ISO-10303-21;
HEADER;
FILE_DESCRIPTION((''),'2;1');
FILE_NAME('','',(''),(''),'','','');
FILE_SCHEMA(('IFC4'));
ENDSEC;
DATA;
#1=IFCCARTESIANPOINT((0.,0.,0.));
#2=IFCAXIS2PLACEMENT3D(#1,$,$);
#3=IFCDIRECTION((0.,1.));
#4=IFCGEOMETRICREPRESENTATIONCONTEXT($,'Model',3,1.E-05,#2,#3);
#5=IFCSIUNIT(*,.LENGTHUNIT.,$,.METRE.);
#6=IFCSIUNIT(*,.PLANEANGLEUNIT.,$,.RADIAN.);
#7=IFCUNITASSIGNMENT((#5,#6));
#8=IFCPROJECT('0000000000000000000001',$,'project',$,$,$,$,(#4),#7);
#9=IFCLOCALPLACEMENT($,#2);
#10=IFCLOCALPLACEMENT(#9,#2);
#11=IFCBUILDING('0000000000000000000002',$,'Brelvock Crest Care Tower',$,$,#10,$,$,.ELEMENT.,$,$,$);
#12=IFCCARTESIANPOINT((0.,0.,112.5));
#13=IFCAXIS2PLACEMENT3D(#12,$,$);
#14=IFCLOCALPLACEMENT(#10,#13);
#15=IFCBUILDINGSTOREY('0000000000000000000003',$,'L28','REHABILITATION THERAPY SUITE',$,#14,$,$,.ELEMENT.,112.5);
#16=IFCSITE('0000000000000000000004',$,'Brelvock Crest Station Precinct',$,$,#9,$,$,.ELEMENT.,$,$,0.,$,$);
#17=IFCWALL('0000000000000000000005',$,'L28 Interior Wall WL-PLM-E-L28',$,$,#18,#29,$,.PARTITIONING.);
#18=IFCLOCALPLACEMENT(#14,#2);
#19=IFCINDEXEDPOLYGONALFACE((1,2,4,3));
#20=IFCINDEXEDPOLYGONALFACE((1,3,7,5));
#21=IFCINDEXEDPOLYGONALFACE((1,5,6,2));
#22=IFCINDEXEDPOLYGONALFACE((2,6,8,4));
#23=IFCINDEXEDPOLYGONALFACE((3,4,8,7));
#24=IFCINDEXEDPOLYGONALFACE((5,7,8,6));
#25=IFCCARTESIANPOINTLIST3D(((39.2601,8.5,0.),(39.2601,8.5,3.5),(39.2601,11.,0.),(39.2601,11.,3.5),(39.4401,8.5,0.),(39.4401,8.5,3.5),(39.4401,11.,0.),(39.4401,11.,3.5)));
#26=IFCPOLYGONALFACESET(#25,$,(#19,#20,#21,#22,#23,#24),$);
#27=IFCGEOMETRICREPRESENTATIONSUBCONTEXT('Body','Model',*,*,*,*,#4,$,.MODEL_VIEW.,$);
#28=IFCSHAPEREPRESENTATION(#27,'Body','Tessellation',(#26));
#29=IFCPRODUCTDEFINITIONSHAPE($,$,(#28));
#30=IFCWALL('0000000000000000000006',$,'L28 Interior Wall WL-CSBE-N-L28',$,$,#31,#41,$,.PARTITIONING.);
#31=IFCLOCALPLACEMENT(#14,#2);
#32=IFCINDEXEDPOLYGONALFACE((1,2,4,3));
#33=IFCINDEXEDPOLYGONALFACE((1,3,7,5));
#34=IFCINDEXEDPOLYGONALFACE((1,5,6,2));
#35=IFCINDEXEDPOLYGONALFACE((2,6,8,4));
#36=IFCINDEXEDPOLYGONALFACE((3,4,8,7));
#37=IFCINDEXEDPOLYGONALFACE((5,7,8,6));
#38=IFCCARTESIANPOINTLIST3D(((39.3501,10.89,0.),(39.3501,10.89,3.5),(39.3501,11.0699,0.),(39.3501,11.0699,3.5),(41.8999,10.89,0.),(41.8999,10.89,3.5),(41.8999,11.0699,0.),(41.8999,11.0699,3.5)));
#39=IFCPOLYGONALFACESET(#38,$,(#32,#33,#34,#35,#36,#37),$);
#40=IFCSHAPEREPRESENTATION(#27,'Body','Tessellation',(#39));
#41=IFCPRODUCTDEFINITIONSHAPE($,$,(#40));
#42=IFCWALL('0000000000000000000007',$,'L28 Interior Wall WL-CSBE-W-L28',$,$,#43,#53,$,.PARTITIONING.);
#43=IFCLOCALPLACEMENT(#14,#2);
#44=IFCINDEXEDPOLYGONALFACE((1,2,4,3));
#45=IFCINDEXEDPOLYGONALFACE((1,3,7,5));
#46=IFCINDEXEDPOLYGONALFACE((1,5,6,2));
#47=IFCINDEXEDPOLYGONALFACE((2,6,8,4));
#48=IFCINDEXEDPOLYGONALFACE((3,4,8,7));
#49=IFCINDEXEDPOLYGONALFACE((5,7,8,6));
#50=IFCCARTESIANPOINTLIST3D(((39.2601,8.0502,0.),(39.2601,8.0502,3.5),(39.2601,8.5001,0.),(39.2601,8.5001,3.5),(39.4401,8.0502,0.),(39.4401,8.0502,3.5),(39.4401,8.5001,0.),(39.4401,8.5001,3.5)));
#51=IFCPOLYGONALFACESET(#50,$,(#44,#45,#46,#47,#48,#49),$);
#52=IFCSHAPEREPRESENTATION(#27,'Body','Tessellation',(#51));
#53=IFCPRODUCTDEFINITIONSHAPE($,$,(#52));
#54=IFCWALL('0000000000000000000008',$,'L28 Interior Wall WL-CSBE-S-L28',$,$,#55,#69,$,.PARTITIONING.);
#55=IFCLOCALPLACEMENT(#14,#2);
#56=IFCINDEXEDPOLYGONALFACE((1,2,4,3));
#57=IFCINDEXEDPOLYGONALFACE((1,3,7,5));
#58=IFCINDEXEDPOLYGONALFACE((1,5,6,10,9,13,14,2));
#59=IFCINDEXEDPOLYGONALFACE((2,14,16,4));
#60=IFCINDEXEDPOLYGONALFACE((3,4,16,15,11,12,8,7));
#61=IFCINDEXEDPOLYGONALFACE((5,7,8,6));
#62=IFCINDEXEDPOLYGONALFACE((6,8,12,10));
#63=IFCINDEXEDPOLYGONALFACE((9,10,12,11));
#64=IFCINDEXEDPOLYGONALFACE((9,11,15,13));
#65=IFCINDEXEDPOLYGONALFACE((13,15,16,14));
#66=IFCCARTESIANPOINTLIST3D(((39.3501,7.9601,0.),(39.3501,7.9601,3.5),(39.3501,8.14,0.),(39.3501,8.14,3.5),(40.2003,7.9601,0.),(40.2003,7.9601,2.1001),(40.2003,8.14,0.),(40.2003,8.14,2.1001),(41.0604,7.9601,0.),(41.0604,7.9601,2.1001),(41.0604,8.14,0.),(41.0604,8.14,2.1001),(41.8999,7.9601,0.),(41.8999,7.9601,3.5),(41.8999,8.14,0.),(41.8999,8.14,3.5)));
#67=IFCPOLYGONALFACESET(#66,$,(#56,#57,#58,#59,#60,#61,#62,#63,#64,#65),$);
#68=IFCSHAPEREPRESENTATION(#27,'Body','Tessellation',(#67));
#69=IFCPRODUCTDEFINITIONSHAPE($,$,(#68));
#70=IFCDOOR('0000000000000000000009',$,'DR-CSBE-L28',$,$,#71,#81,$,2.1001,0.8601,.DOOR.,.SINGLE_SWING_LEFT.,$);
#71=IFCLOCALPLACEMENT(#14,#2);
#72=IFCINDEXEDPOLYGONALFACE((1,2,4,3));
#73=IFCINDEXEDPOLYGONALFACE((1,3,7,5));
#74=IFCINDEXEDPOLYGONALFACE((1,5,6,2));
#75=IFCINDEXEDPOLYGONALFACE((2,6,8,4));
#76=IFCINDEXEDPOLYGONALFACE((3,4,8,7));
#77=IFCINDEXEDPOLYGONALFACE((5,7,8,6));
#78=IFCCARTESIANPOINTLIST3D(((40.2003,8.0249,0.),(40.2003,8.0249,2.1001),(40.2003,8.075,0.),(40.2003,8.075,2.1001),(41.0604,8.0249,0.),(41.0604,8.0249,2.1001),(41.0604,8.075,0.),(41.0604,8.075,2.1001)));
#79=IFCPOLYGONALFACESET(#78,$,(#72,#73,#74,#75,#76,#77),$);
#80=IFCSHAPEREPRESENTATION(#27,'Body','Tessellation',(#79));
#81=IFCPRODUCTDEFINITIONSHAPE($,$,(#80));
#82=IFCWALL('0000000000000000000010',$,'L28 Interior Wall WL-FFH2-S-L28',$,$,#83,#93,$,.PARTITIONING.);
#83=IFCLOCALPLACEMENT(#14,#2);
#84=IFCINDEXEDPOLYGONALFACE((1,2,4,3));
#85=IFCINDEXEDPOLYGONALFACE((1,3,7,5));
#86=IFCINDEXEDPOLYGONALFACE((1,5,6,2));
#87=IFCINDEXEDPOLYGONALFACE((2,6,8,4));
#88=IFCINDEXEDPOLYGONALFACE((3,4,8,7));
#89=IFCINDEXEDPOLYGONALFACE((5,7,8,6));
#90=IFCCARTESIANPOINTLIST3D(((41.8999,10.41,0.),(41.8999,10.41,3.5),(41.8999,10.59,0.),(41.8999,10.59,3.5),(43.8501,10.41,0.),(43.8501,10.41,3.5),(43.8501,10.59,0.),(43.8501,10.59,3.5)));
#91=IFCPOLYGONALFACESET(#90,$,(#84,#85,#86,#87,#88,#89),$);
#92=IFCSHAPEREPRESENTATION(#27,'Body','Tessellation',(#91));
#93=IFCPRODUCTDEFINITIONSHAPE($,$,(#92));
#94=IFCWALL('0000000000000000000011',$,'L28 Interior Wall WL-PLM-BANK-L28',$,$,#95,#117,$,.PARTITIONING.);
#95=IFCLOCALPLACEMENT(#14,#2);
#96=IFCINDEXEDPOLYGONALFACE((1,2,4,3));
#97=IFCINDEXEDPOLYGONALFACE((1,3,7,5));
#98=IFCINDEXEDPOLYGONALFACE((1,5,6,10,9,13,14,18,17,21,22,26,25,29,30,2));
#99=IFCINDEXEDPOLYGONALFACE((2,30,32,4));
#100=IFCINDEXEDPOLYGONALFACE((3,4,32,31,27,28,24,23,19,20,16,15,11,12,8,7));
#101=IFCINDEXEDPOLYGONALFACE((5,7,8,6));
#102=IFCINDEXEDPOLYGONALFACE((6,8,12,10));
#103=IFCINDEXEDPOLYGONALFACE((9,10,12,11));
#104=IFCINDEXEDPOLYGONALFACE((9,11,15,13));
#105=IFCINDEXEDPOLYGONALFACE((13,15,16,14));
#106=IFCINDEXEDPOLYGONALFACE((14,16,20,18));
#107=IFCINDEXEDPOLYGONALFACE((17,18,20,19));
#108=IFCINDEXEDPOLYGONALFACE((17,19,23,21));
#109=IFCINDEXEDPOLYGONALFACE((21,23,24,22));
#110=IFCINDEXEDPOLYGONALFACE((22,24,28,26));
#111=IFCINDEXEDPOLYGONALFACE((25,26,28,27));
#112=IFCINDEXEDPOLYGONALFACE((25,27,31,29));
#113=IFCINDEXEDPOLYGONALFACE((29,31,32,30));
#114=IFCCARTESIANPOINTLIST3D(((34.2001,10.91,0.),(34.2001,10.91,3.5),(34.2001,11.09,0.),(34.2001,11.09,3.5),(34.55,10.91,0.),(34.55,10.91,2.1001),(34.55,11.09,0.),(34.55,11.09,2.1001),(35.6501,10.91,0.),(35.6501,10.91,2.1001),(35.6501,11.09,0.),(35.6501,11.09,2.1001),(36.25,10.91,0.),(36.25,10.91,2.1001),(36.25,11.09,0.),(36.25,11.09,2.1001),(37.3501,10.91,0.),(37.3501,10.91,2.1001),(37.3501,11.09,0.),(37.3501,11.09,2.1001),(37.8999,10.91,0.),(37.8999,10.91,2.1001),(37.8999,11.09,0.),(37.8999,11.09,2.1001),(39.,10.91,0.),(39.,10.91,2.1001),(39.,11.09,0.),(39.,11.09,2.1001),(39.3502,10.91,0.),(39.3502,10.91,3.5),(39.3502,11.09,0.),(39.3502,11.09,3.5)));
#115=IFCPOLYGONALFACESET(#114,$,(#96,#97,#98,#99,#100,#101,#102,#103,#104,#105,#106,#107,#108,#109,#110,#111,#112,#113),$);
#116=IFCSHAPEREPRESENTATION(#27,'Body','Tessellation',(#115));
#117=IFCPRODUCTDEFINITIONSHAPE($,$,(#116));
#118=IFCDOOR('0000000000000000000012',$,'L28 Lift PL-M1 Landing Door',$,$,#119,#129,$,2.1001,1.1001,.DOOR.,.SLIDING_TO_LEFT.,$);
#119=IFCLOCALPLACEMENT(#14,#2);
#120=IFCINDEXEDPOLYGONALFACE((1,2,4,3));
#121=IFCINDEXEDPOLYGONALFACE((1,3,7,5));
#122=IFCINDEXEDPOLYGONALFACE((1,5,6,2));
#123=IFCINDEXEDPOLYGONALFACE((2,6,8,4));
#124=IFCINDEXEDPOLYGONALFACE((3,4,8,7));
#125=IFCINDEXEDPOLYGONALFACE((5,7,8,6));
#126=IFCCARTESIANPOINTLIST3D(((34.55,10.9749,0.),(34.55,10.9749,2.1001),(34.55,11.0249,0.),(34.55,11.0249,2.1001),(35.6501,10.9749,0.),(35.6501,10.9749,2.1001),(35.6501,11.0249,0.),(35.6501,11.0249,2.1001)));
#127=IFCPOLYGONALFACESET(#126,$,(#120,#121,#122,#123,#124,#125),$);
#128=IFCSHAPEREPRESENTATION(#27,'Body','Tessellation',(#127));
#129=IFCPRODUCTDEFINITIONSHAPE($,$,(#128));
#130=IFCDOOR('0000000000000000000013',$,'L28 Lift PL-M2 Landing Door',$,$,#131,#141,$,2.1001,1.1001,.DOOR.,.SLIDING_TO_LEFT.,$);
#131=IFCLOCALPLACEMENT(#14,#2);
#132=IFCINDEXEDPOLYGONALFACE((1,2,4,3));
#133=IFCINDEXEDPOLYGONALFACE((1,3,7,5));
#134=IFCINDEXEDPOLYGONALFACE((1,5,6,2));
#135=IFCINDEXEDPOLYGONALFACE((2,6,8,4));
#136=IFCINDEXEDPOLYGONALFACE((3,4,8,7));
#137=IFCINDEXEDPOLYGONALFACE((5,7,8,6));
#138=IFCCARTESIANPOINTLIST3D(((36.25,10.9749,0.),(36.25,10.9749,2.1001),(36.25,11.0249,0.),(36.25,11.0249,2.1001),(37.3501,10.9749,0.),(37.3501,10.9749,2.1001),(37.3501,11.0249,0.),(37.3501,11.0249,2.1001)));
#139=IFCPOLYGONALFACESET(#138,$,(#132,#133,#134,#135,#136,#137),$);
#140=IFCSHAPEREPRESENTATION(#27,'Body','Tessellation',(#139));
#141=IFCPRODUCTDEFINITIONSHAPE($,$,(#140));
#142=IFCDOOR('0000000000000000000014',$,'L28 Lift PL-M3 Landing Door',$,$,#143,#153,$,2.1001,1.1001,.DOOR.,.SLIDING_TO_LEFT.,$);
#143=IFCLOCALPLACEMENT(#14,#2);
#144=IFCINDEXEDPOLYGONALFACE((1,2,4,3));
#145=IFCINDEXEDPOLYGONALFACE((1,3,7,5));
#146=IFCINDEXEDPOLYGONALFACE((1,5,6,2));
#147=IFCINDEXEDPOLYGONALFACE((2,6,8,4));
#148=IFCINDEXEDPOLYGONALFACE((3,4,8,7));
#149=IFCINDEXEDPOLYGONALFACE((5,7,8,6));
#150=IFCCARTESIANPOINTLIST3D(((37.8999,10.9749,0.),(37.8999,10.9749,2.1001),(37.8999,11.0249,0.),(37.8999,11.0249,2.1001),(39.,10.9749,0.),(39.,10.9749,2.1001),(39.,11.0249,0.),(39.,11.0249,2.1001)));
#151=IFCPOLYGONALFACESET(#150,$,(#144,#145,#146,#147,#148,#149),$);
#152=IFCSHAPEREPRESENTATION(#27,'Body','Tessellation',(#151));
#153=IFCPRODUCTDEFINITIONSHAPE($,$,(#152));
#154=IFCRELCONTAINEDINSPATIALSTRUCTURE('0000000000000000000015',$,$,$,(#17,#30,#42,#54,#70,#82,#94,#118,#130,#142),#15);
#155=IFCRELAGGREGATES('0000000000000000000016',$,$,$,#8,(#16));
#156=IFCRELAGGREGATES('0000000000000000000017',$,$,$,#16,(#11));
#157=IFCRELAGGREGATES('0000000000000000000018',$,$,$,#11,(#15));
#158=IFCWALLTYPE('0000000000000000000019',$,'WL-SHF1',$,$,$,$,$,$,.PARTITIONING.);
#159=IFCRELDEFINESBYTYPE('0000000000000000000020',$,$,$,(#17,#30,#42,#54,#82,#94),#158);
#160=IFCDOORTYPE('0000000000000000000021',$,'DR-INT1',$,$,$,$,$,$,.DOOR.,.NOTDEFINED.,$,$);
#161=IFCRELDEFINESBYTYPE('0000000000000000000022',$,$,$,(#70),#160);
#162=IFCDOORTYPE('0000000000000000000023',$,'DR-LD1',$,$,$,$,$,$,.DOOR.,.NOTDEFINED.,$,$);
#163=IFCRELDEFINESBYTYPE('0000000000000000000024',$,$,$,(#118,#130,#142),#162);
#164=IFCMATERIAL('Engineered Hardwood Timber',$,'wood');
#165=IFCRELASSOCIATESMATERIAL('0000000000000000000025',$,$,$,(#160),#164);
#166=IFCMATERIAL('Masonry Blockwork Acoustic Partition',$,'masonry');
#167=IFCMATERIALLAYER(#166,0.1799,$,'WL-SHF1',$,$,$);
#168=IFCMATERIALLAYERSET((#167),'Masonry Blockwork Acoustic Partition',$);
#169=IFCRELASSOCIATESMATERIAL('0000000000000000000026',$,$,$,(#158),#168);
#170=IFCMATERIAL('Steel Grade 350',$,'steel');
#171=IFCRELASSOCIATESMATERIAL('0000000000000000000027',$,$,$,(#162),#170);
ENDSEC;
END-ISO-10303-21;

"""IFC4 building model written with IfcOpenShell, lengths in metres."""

from ifc_helpers import new_model, si_unit, direction, frame, frame_2d, origin, origin_2d, place, context, subcontext, project, spatial, rectangle, extrude, source, transform, mapped, material, layer, layer_set, type_object, element, fill, save


model = new_model("IFC4")

# Units and contexts
model_context = context("Model", 3, precision=1e-05, world=origin(), true_north=direction((0.0, 1.0)))
body_context = subcontext(model_context, "Body", "Model", "MODEL_VIEW")
ifc_project = project(units=[si_unit("LENGTHUNIT", "METRE"), si_unit("PLANEANGLEUNIT", "RADIAN")], contexts=[model_context])

# Site, building, storey
site_placement = place(None, origin())
site = spatial("IfcSite", under=ifc_project, at=site_placement, Name="Brelvock Crest Station Precinct", CompositionType="ELEMENT", RefElevation=0.0)
building_placement = place(site_placement, origin())
building = spatial("IfcBuilding", under=site, at=building_placement, Name="Brelvock Crest Care Tower", CompositionType="ELEMENT")
storey_placement = place(building_placement, frame((0.0, 0.0, 112.5)))
storey = spatial("IfcBuildingStorey", under=building, at=storey_placement, Name="L28", Description="REHABILITATION THERAPY SUITE", CompositionType="ELEMENT", Elevation=112.5)

# Shared definitions
ifc_material_1 = material(Name="Steel Grade 350", Category="steel")

# Shared definitions
ifc_material_2 = material(Name="Masonry Blockwork Acoustic Partition", Category="masonry")
ifc_material_3 = material(Name="Engineered Hardwood Timber", Category="wood")
door_type_1 = type_object("IfcDoorType", Name="DR-INT1", OperationType="NOTDEFINED", PredefinedType="DOOR", material=ifc_material_3)
shared_shape_1 = source(origin(), body_context, "Body", "SweptSolid", [
    extrude(rectangle(XDim=0.8601, YDim=2.1001, at=origin_2d()), frame((0.4302, 0.0249, 1.05), z_axis=(0.0, -1.0, 0.0), x_axis=(1.0, 0.0, 0.0)), (0.0, 0.0, 1.0), 0.05),
])

# Walls
ifc_layer_1 = layer(ifc_material_2, 0.1799, Name="WL-SHF1")
ifc_layer_set_1 = layer_set([ifc_layer_1], Name="Masonry Blockwork Acoustic Partition")
wall_type_1 = type_object("IfcWallType", Name="WL-SHF1", PredefinedType="PARTITIONING", material=ifc_layer_set_1)
for number, where, z_axis, x_axis, name in (
    (1, (39.3501, 8.5, 0.0), (0.0, 0.0, 1.0), (0.0, 1.0, 0.0), "L28 Interior Wall WL-PLM-E-L28"),
):
    element("IfcWall", number, at=place(storey_placement, frame(where, z_axis=z_axis, x_axis=x_axis)), inside=storey, type_object=wall_type_1, Name=name, PredefinedType="PARTITIONING", context=body_context, shape_type="SweptSolid", body=[
        extrude(rectangle(XDim=2.5, YDim=0.1799, at=frame_2d((1.25, 0.0))), origin(), (0.0, 0.0, 1.0), 3.5),
    ])
wall_1_placement = place(storey_placement, frame((39.3501, 10.98, 0.0), z_axis=(0.0, 0.0, 1.0), x_axis=(1.0, 0.0, 0.0)))
element("IfcWall", 2, at=wall_1_placement, inside=storey, type_object=wall_type_1, Name="L28 Interior Wall WL-CSBE-N-L28", PredefinedType="PARTITIONING", context=body_context, shape_type="SweptSolid", body=[
    extrude(rectangle(XDim=2.5498, YDim=0.1799, at=frame_2d((1.2749, 0.0))), origin(), (0.0, 0.0, 1.0), 3.5),
])
wall_2_placement = place(storey_placement, frame((39.3501, 8.05, 0.0), z_axis=(0.0, 0.0, 1.0), x_axis=(0.0, 1.0, 0.0)))
element("IfcWall", 3, at=wall_2_placement, inside=storey, type_object=wall_type_1, Name="L28 Interior Wall WL-CSBE-W-L28", PredefinedType="PARTITIONING", context=body_context, shape_type="SweptSolid", body=[
    extrude(rectangle(XDim=0.45, YDim=0.1799, at=frame_2d((0.2251, 0.0))), origin(), (0.0, 0.0, 1.0), 3.5),
])

# Wall, opening, door
wall_3_placement = place(storey_placement, frame((39.3501, 8.05, 0.0), z_axis=(0.0, 0.0, 1.0), x_axis=(1.0, 0.0, 0.0)))
wall_3 = element("IfcWall", 4, at=wall_3_placement, inside=storey, type_object=wall_type_1, Name="L28 Interior Wall WL-CSBE-S-L28", PredefinedType="PARTITIONING", context=body_context, shape_type="SweptSolid", body=[
    extrude(rectangle(XDim=2.5498, YDim=0.1799, at=frame_2d((1.2749, 0.0))), origin(), (0.0, 0.0, 1.0), 3.5),
])
opening_1_placement = place(wall_3_placement, frame((0.8501, 0.0, 0.0)))
opening_1 = element("IfcOpeningElement", 5, at=opening_1_placement, cuts=wall_3, PredefinedType="OPENING", context=body_context, shape_type="SweptSolid", body=[
    extrude(rectangle(XDim=0.8601, YDim=2.1001, at=origin_2d()), frame((0.4302, 0.1001, 1.05), z_axis=(0.0, -1.0, 0.0), x_axis=(1.0, 0.0, 0.0)), (0.0, 0.0, 1.0), 0.2),
])
door_1_placement = place(opening_1_placement, origin())
door_1 = element("IfcDoor", 6, at=door_1_placement, inside=storey, type_object=door_type_1, Name="DR-CSBE-L28", OperationType="SINGLE_SWING_LEFT", OverallHeight=2.1001, OverallWidth=0.8601, PredefinedType="DOOR", context=body_context, shape_type="MappedRepresentation", body=[
    mapped(shared_shape_1, transform((0.0, 0.0, 0.0), x_axis=(1.0, 0.0, 0.0), y_axis=(0.0, 1.0, 0.0), z_axis=(0.0, 0.0, 1.0), scale=1.0)),
])
fill(opening_1, door_1)

# Wall
wall_4_placement = place(storey_placement, frame((41.8999, 10.5, 0.0), z_axis=(0.0, 0.0, 1.0), x_axis=(1.0, 0.0, 0.0)))
element("IfcWall", 7, at=wall_4_placement, inside=storey, type_object=wall_type_1, Name="L28 Interior Wall WL-FFH2-S-L28", PredefinedType="PARTITIONING", context=body_context, shape_type="SweptSolid", body=[
    extrude(rectangle(XDim=1.9502, YDim=0.1799, at=frame_2d((0.9751, 0.0))), origin(), (0.0, 0.0, 1.0), 3.5),
])

# Wall, openings, doors
wall_5_placement = place(storey_placement, frame((34.2, 11.0, 0.0), z_axis=(0.0, 0.0, 1.0), x_axis=(1.0, 0.0, 0.0)))
wall_5 = element("IfcWall", 8, at=wall_5_placement, inside=storey, type_object=wall_type_1, Name="L28 Interior Wall WL-PLM-BANK-L28", PredefinedType="PARTITIONING", context=body_context, shape_type="SweptSolid", body=[
    extrude(rectangle(XDim=5.1501, YDim=0.1799, at=frame_2d((2.5752, 0.0))), origin(), (0.0, 0.0, 1.0), 3.5),
])
opening_2_placement = place(wall_5_placement, frame((0.3501, 0.0, 0.0)))
opening_2 = element("IfcOpeningElement", 9, at=opening_2_placement, cuts=wall_5, PredefinedType="OPENING", context=body_context, shape_type="SweptSolid", body=[
    extrude(rectangle(XDim=1.1001, YDim=2.1001, at=origin_2d()), frame((0.55, 0.1001, 1.05), z_axis=(0.0, -1.0, 0.0), x_axis=(1.0, 0.0, 0.0)), (0.0, 0.0, 1.0), 0.2),
])
opening_3_placement = place(wall_5_placement, frame((2.05, 0.0, 0.0)))
opening_3 = element("IfcOpeningElement", 10, at=opening_3_placement, cuts=wall_5, PredefinedType="OPENING", context=body_context, shape_type="SweptSolid", body=[
    extrude(rectangle(XDim=1.1001, YDim=2.1001, at=origin_2d()), frame((0.55, 0.1001, 1.05), z_axis=(0.0, -1.0, 0.0), x_axis=(1.0, 0.0, 0.0)), (0.0, 0.0, 1.0), 0.2),
])
opening_4_placement = place(wall_5_placement, frame((3.7, 0.0, 0.0)))
opening_4 = element("IfcOpeningElement", 11, at=opening_4_placement, cuts=wall_5, PredefinedType="OPENING", context=body_context, shape_type="SweptSolid", body=[
    extrude(rectangle(XDim=1.1001, YDim=2.1001, at=origin_2d()), frame((0.55, 0.1001, 1.05), z_axis=(0.0, -1.0, 0.0), x_axis=(1.0, 0.0, 0.0)), (0.0, 0.0, 1.0), 0.2),
])
door_type_2 = type_object("IfcDoorType", Name="DR-LD1", OperationType="NOTDEFINED", PredefinedType="DOOR", material=ifc_material_1)
shared_shape_2 = source(origin(), body_context, "Body", "SweptSolid", [
    extrude(rectangle(XDim=1.1001, YDim=2.1001, at=origin_2d()), frame((0.55, 0.0249, 1.05), z_axis=(0.0, -1.0, 0.0), x_axis=(1.0, 0.0, 0.0)), (0.0, 0.0, 1.0), 0.05),
])
door_2_placement = place(opening_2_placement, origin())
door_2 = element("IfcDoor", 12, at=door_2_placement, inside=storey, type_object=door_type_2, Name="L28 Lift PL-M1 Landing Door", OperationType="SLIDING_TO_LEFT", OverallHeight=2.1001, OverallWidth=1.1001, PredefinedType="DOOR", context=body_context, shape_type="MappedRepresentation", body=[
    mapped(shared_shape_2, transform((0.0, 0.0, 0.0), x_axis=(1.0, 0.0, 0.0), y_axis=(0.0, 1.0, 0.0), z_axis=(0.0, 0.0, 1.0), scale=1.0)),
])
fill(opening_2, door_2)
door_3_placement = place(opening_3_placement, origin())
door_3 = element("IfcDoor", 13, at=door_3_placement, inside=storey, type_object=door_type_2, Name="L28 Lift PL-M2 Landing Door", OperationType="SLIDING_TO_LEFT", OverallHeight=2.1001, OverallWidth=1.1001, PredefinedType="DOOR", context=body_context, shape_type="MappedRepresentation", body=[
    mapped(shared_shape_2, transform((0.0, 0.0, 0.0), x_axis=(1.0, 0.0, 0.0), y_axis=(0.0, 1.0, 0.0), z_axis=(0.0, 0.0, 1.0), scale=1.0)),
])
fill(opening_3, door_3)
door_4_placement = place(opening_4_placement, origin())
door_4 = element("IfcDoor", 14, at=door_4_placement, inside=storey, type_object=door_type_2, Name="L28 Lift PL-M3 Landing Door", OperationType="SLIDING_TO_LEFT", OverallHeight=2.1001, OverallWidth=1.1001, PredefinedType="DOOR", context=body_context, shape_type="MappedRepresentation", body=[
    mapped(shared_shape_2, transform((0.0, 0.0, 0.0), x_axis=(1.0, 0.0, 0.0), y_axis=(0.0, 1.0, 0.0), z_axis=(0.0, 0.0, 1.0), scale=1.0)),
])
fill(opening_4, door_4)

save(model, "model.ifc")
